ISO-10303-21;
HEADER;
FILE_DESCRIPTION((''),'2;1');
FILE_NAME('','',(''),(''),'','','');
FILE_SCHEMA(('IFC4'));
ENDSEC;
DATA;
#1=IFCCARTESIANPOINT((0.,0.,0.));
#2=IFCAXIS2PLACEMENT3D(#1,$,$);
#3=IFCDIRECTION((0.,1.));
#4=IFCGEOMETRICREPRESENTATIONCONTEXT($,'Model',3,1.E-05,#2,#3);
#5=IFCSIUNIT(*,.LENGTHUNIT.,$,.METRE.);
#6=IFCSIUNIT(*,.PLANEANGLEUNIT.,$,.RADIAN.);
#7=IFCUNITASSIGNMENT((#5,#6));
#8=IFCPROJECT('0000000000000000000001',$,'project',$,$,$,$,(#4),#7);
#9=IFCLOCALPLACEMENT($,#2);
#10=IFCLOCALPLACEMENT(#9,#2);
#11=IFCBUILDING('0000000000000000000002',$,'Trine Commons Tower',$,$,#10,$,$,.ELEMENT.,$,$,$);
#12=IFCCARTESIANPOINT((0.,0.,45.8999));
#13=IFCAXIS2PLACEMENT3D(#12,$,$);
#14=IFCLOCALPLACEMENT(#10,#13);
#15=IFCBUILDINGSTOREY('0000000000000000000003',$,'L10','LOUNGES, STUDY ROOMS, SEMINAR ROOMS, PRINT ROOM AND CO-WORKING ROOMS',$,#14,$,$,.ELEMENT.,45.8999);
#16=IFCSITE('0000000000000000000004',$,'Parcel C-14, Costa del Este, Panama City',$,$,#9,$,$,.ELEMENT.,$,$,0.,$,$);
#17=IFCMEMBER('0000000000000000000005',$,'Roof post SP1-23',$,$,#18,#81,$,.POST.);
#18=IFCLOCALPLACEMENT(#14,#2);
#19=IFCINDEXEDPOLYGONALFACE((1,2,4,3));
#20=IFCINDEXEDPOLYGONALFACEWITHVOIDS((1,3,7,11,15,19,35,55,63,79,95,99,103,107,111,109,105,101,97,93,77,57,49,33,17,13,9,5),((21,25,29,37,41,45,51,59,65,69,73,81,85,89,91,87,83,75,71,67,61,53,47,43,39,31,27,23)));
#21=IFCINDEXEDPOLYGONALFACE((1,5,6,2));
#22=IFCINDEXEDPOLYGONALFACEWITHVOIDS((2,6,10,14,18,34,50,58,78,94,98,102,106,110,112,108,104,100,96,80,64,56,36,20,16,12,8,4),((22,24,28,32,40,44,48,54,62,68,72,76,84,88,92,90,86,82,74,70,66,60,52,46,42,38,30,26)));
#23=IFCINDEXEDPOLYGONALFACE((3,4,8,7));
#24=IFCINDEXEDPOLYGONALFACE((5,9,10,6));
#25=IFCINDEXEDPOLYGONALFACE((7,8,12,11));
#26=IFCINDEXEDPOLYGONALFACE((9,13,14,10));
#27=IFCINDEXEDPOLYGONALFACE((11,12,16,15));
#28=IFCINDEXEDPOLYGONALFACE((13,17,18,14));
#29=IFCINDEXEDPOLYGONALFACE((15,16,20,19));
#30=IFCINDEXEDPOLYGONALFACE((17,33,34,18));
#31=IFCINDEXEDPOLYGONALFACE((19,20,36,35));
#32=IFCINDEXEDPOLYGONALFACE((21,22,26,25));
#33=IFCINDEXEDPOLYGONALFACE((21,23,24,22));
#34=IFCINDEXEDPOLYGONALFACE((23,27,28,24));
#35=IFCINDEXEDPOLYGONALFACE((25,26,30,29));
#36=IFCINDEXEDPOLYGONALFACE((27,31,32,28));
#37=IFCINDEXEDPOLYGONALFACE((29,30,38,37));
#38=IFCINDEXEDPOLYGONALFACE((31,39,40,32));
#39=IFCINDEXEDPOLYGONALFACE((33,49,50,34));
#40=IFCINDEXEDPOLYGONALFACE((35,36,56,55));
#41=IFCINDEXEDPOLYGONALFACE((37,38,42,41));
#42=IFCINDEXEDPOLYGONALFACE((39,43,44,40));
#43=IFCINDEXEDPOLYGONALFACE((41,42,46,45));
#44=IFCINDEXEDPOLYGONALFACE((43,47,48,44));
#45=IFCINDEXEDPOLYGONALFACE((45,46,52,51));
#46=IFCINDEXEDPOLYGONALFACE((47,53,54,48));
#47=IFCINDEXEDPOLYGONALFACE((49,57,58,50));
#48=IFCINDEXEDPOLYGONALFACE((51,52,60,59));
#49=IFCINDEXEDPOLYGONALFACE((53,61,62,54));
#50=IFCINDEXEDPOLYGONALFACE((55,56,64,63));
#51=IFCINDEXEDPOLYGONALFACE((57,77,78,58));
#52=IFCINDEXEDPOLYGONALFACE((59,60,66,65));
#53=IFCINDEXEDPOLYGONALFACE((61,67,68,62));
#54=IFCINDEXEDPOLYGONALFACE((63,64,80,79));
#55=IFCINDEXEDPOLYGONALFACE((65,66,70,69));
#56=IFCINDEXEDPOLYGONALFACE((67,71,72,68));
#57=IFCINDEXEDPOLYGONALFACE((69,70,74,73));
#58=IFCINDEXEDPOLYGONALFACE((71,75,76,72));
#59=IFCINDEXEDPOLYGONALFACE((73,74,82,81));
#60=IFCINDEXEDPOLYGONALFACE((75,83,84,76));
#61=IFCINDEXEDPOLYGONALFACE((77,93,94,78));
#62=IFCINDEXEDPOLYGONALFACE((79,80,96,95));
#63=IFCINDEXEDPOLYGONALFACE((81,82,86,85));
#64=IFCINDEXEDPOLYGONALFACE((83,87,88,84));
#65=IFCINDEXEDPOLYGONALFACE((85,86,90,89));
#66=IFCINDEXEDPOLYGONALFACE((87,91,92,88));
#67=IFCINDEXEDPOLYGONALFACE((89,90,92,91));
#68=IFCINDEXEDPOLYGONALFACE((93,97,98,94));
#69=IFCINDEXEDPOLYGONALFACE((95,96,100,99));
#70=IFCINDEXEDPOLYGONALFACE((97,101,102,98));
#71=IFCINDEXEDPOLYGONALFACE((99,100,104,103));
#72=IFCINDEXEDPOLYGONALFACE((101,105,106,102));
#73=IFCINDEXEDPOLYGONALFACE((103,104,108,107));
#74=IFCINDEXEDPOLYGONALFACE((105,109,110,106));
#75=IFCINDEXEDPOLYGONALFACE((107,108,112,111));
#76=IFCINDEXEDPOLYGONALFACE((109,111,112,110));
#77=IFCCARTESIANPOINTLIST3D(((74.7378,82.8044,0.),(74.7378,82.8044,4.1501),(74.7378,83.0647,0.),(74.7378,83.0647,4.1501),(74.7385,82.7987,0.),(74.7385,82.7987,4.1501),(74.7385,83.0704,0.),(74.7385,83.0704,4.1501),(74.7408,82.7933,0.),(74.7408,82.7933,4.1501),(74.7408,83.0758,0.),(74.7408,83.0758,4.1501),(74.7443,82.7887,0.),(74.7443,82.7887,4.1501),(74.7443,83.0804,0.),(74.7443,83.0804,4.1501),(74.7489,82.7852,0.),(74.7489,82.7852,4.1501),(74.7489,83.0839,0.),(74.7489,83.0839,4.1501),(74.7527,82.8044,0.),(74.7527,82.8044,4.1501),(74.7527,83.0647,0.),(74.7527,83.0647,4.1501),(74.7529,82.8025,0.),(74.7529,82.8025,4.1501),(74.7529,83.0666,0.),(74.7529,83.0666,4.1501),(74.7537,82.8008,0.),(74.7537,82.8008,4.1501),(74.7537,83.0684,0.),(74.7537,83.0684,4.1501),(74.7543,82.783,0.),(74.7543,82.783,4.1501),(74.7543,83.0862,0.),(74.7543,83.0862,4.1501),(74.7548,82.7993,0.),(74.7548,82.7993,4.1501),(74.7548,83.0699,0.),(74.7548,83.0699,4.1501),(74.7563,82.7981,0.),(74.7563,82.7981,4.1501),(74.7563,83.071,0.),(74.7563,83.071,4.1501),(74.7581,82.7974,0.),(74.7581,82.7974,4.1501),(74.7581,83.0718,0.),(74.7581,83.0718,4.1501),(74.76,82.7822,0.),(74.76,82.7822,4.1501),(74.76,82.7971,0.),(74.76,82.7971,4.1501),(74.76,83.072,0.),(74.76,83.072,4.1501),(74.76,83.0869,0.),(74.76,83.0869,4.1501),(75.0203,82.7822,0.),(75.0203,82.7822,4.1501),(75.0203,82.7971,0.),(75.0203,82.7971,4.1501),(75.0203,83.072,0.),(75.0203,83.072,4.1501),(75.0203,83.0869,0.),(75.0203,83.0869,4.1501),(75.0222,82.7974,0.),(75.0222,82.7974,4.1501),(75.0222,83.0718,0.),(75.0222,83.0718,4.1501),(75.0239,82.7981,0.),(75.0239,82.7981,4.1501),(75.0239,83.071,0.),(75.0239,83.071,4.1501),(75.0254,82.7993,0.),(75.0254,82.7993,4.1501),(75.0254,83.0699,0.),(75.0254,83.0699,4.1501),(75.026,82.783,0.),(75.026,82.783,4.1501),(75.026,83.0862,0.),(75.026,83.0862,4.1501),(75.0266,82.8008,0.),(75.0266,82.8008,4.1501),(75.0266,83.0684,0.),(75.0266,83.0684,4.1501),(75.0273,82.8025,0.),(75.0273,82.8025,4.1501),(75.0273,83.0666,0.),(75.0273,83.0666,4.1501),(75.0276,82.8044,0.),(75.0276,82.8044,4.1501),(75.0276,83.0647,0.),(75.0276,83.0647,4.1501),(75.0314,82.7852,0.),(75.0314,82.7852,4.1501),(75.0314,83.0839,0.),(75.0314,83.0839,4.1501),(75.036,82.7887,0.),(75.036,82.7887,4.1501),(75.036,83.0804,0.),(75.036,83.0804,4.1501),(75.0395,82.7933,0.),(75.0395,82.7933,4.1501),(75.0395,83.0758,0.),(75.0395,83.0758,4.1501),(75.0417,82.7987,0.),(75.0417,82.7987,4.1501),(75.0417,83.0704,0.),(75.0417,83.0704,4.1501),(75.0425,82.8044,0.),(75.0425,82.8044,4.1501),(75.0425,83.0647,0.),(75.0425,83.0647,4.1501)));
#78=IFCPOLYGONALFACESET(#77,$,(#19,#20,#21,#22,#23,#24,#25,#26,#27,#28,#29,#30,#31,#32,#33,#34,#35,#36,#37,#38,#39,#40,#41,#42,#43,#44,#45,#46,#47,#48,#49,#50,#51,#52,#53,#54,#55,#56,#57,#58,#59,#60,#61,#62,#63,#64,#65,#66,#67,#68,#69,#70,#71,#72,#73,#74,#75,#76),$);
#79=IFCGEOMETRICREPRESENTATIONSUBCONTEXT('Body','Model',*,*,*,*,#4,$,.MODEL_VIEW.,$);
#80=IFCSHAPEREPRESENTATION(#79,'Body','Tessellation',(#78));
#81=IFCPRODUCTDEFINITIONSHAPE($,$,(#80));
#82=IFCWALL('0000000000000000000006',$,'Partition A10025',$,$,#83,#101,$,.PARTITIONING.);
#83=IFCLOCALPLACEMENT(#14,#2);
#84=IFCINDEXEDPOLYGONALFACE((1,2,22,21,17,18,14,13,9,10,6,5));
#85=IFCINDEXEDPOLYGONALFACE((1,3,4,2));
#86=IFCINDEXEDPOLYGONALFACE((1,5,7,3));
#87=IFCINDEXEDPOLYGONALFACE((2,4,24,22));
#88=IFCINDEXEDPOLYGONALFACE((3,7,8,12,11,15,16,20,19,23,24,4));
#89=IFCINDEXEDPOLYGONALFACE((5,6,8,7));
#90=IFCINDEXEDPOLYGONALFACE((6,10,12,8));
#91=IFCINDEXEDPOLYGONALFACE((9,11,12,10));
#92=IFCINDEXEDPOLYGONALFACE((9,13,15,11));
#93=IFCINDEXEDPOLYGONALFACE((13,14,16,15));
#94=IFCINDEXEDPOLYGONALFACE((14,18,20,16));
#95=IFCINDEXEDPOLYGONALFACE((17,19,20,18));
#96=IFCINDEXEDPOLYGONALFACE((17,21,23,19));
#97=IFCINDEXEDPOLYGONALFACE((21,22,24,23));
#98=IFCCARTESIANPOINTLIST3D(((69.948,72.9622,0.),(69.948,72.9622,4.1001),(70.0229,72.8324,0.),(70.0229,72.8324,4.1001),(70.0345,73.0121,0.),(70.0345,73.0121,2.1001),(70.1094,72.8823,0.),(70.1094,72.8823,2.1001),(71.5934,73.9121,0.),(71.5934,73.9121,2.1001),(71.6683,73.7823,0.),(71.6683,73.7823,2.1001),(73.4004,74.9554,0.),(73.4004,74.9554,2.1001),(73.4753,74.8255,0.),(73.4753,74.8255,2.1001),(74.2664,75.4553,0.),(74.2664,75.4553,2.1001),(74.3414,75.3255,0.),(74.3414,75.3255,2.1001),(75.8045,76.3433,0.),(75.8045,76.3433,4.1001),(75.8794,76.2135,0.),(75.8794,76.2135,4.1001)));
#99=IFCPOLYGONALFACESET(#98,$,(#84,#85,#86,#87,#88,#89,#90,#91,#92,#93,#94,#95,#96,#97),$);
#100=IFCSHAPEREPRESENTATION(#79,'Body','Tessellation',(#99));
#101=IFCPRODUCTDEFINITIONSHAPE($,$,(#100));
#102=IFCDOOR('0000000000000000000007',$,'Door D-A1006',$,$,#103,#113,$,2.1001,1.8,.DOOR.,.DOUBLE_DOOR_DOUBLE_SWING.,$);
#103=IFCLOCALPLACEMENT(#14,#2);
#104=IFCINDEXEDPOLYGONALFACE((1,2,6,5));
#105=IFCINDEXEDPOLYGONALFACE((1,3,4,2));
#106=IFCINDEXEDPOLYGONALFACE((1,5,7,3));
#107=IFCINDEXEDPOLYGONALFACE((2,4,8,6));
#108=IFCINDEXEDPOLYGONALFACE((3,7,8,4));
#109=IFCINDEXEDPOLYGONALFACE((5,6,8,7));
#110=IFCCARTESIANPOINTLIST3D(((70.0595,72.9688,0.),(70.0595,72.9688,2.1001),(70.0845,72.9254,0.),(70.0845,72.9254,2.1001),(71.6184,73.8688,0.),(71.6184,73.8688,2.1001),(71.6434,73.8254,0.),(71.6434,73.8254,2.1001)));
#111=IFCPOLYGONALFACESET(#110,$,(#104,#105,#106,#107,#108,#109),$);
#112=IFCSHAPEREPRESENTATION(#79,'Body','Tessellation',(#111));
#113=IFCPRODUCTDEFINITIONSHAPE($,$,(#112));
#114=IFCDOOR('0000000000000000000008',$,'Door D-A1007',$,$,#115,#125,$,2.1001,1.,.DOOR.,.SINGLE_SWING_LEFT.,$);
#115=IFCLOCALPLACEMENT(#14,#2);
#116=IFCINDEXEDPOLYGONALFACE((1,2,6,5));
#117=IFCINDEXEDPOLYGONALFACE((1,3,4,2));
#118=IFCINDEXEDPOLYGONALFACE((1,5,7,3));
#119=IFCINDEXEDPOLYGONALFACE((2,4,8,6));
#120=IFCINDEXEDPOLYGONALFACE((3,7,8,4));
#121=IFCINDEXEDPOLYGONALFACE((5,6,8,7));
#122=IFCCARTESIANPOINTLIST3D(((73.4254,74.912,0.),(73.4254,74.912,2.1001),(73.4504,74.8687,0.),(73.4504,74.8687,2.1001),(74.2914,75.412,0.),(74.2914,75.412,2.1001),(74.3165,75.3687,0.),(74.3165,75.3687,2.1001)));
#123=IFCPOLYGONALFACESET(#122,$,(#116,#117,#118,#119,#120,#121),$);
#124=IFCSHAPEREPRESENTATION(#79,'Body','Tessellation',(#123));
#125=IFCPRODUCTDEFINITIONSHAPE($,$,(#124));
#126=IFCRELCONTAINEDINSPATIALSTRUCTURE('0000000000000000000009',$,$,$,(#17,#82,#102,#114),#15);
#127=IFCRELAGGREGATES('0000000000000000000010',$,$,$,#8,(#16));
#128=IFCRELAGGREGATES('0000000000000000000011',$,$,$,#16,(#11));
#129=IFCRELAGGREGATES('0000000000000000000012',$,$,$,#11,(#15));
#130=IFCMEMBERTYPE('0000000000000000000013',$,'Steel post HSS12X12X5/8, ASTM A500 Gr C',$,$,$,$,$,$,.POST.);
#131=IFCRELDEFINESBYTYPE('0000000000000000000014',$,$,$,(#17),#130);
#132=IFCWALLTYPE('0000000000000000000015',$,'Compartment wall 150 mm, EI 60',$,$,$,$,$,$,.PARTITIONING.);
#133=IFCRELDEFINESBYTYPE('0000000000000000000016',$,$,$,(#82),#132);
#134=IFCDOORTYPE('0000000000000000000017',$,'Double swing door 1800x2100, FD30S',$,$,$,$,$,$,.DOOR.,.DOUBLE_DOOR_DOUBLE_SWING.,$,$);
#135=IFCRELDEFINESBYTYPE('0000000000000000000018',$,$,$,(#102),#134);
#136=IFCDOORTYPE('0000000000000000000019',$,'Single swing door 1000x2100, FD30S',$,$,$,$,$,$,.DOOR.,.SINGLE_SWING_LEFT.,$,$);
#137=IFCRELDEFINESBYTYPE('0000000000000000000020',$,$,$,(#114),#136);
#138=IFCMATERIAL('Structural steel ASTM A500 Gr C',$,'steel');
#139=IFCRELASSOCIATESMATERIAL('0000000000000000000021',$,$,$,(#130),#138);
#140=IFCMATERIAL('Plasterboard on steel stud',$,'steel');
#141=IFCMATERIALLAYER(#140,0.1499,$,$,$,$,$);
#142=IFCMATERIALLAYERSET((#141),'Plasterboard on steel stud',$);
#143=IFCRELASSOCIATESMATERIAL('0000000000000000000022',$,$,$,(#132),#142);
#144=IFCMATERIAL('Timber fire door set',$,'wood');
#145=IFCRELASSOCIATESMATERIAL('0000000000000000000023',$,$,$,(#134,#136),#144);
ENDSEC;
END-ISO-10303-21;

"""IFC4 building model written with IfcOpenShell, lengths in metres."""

from ifc_helpers import new_model, si_unit, direction, frame, frame_2d, origin, origin_2d, place, context, subcontext, project, spatial, rectangle, hollow_rectangle, extrude, material, layer, layer_set, material_profile, profile_set, type_object, element, fill, save


model = new_model("IFC4")

# Units and contexts
model_context = context("Model", 3, precision=1e-05, world=origin(), true_north=direction((0.0, 1.0)))
body_context = subcontext(model_context, "Body", "Model", "MODEL_VIEW")
ifc_project = project(units=[si_unit("LENGTHUNIT", "METRE"), si_unit("PLANEANGLEUNIT", "RADIAN")], contexts=[model_context])

# Site, building, storey
site_placement = place(None, origin())
site = spatial("IfcSite", under=ifc_project, at=site_placement, Name="Parcel C-14, Costa del Este, Panama City", CompositionType="ELEMENT", RefElevation=0.0)
building_placement = place(site_placement, origin())
building = spatial("IfcBuilding", under=site, at=building_placement, Name="Trine Commons Tower", CompositionType="ELEMENT")
storey_placement = place(building_placement, frame((0.0, 0.0, 45.8999)))
storey = spatial("IfcBuildingStorey", under=building, at=storey_placement, Name="L10", Description="LOUNGES, STUDY ROOMS, SEMINAR ROOMS, PRINT ROOM AND CO-WORKING ROOMS", CompositionType="ELEMENT", Elevation=45.8999)

# Member
ifc_material_1 = material(Name="Structural steel ASTM A500 Gr C", Category="steel")
ifc_material_profile_1 = material_profile(ifc_material_1, hollow_rectangle(XDim=0.3047, YDim=0.3047, WallThickness=0.0149, InnerFilletRadius=0.0073, OuterFilletRadius=0.0222, at=origin_2d()), Name="HSS12X12X5/8")
ifc_profile_set_1 = profile_set([ifc_material_profile_1], Name="Structural steel ASTM A500 Gr C")
member_type_1 = type_object("IfcMemberType", Name="Steel post HSS12X12X5/8, ASTM A500 Gr C", PredefinedType="POST", material=ifc_profile_set_1)
member_1_placement = place(storey_placement, frame((74.8901, 82.9346, 0.0), z_axis=(0.0, 0.0, 1.0), x_axis=(1.0, 0.0, 0.0)))
element("IfcMember", 1, at=member_1_placement, inside=storey, type_object=member_type_1, Name="Roof post SP1-23", PredefinedType="POST", context=body_context, shape_type="SweptSolid", body=[
    extrude(hollow_rectangle(XDim=0.3047, YDim=0.3047, WallThickness=0.0149, InnerFilletRadius=0.0073, OuterFilletRadius=0.0222, at=origin_2d()), origin(), (0.0, 0.0, 1.0), 4.1501),
])

# Wall, openings, doors
ifc_material_2 = material(Name="Plasterboard on steel stud", Category="steel")
ifc_layer_1 = layer(ifc_material_2, 0.1499)
ifc_layer_set_1 = layer_set([ifc_layer_1], Name="Plasterboard on steel stud")
wall_type_1 = type_object("IfcWallType", Name="Compartment wall 150 mm, EI 60", PredefinedType="PARTITIONING", material=ifc_layer_set_1)
wall_1_placement = place(storey_placement, frame((69.9854, 72.8972, 0.0), z_axis=(0.0, 0.0, 1.0), x_axis=(0.866033, 0.499987, 0.0)))
wall_1 = element("IfcWall", 2, at=wall_1_placement, inside=storey, type_object=wall_type_1, Name="Partition A10025", PredefinedType="PARTITIONING", context=body_context, shape_type="SweptSolid", body=[
    extrude(rectangle(XDim=6.7625, YDim=0.1499, at=frame_2d((3.3813, 0.0))), origin(), (0.0, 0.0, 1.0), 4.1001),
])
opening_1_placement = place(wall_1_placement, frame((0.1001, 0.0, 0.0)))
opening_1 = element("IfcOpeningElement", 3, at=opening_1_placement, cuts=wall_1, PredefinedType="OPENING", context=body_context, shape_type="SweptSolid", body=[
    extrude(rectangle(XDim=1.8, YDim=2.1001, at=frame_2d((0.8999, 1.05))), frame((0.0, 0.085, 0.0), z_axis=(0.0, -1.0, 0.0), x_axis=(1.0, 0.0, 0.0)), (0.0, 0.0, 1.0), 0.1699),
])
opening_2_placement = place(wall_1_placement, frame((3.9866, 0.0, 0.0)))
opening_2 = element("IfcOpeningElement", 4, at=opening_2_placement, cuts=wall_1, PredefinedType="OPENING", context=body_context, shape_type="SweptSolid", body=[
    extrude(rectangle(XDim=1.0, YDim=2.1001, at=frame_2d((0.5, 1.05))), frame((0.0, 0.085, 0.0), z_axis=(0.0, -1.0, 0.0), x_axis=(1.0, 0.0, 0.0)), (0.0, 0.0, 1.0), 0.1699),
])
ifc_material_3 = material(Name="Timber fire door set", Category="wood")
door_type_1 = type_object("IfcDoorType", Name="Double swing door 1800x2100, FD30S", OperationType="DOUBLE_DOOR_DOUBLE_SWING", PredefinedType="DOOR", material=ifc_material_3)
door_1_placement = place(opening_1_placement, origin())
door_1 = element("IfcDoor", 5, at=door_1_placement, inside=storey, type_object=door_type_1, Name="Door D-A1006", OperationType="DOUBLE_DOOR_DOUBLE_SWING", OverallHeight=2.1001, OverallWidth=1.8, PredefinedType="DOOR", context=body_context, shape_type="SweptSolid", body=[
    extrude(rectangle(XDim=1.8, YDim=2.1001, at=frame_2d((0.8999, 1.05))), frame((0.0, 0.0249, 0.0), z_axis=(0.0, -1.0, 0.0), x_axis=(1.0, 0.0, 0.0)), (0.0, 0.0, 1.0), 0.05),
])
fill(opening_1, door_1)
door_type_2 = type_object("IfcDoorType", Name="Single swing door 1000x2100, FD30S", OperationType="SINGLE_SWING_LEFT", PredefinedType="DOOR", material=ifc_material_3)
door_2_placement = place(opening_2_placement, origin())
door_2 = element("IfcDoor", 6, at=door_2_placement, inside=storey, type_object=door_type_2, Name="Door D-A1007", OperationType="SINGLE_SWING_LEFT", OverallHeight=2.1001, OverallWidth=1.0, PredefinedType="DOOR", context=body_context, shape_type="SweptSolid", body=[
    extrude(rectangle(XDim=1.0, YDim=2.1001, at=frame_2d((0.5, 1.05))), frame((0.0, 0.0249, 0.0), z_axis=(0.0, -1.0, 0.0), x_axis=(1.0, 0.0, 0.0)), (0.0, 0.0, 1.0), 0.05),
])
fill(opening_2, door_2)

save(model, "model.ifc")
